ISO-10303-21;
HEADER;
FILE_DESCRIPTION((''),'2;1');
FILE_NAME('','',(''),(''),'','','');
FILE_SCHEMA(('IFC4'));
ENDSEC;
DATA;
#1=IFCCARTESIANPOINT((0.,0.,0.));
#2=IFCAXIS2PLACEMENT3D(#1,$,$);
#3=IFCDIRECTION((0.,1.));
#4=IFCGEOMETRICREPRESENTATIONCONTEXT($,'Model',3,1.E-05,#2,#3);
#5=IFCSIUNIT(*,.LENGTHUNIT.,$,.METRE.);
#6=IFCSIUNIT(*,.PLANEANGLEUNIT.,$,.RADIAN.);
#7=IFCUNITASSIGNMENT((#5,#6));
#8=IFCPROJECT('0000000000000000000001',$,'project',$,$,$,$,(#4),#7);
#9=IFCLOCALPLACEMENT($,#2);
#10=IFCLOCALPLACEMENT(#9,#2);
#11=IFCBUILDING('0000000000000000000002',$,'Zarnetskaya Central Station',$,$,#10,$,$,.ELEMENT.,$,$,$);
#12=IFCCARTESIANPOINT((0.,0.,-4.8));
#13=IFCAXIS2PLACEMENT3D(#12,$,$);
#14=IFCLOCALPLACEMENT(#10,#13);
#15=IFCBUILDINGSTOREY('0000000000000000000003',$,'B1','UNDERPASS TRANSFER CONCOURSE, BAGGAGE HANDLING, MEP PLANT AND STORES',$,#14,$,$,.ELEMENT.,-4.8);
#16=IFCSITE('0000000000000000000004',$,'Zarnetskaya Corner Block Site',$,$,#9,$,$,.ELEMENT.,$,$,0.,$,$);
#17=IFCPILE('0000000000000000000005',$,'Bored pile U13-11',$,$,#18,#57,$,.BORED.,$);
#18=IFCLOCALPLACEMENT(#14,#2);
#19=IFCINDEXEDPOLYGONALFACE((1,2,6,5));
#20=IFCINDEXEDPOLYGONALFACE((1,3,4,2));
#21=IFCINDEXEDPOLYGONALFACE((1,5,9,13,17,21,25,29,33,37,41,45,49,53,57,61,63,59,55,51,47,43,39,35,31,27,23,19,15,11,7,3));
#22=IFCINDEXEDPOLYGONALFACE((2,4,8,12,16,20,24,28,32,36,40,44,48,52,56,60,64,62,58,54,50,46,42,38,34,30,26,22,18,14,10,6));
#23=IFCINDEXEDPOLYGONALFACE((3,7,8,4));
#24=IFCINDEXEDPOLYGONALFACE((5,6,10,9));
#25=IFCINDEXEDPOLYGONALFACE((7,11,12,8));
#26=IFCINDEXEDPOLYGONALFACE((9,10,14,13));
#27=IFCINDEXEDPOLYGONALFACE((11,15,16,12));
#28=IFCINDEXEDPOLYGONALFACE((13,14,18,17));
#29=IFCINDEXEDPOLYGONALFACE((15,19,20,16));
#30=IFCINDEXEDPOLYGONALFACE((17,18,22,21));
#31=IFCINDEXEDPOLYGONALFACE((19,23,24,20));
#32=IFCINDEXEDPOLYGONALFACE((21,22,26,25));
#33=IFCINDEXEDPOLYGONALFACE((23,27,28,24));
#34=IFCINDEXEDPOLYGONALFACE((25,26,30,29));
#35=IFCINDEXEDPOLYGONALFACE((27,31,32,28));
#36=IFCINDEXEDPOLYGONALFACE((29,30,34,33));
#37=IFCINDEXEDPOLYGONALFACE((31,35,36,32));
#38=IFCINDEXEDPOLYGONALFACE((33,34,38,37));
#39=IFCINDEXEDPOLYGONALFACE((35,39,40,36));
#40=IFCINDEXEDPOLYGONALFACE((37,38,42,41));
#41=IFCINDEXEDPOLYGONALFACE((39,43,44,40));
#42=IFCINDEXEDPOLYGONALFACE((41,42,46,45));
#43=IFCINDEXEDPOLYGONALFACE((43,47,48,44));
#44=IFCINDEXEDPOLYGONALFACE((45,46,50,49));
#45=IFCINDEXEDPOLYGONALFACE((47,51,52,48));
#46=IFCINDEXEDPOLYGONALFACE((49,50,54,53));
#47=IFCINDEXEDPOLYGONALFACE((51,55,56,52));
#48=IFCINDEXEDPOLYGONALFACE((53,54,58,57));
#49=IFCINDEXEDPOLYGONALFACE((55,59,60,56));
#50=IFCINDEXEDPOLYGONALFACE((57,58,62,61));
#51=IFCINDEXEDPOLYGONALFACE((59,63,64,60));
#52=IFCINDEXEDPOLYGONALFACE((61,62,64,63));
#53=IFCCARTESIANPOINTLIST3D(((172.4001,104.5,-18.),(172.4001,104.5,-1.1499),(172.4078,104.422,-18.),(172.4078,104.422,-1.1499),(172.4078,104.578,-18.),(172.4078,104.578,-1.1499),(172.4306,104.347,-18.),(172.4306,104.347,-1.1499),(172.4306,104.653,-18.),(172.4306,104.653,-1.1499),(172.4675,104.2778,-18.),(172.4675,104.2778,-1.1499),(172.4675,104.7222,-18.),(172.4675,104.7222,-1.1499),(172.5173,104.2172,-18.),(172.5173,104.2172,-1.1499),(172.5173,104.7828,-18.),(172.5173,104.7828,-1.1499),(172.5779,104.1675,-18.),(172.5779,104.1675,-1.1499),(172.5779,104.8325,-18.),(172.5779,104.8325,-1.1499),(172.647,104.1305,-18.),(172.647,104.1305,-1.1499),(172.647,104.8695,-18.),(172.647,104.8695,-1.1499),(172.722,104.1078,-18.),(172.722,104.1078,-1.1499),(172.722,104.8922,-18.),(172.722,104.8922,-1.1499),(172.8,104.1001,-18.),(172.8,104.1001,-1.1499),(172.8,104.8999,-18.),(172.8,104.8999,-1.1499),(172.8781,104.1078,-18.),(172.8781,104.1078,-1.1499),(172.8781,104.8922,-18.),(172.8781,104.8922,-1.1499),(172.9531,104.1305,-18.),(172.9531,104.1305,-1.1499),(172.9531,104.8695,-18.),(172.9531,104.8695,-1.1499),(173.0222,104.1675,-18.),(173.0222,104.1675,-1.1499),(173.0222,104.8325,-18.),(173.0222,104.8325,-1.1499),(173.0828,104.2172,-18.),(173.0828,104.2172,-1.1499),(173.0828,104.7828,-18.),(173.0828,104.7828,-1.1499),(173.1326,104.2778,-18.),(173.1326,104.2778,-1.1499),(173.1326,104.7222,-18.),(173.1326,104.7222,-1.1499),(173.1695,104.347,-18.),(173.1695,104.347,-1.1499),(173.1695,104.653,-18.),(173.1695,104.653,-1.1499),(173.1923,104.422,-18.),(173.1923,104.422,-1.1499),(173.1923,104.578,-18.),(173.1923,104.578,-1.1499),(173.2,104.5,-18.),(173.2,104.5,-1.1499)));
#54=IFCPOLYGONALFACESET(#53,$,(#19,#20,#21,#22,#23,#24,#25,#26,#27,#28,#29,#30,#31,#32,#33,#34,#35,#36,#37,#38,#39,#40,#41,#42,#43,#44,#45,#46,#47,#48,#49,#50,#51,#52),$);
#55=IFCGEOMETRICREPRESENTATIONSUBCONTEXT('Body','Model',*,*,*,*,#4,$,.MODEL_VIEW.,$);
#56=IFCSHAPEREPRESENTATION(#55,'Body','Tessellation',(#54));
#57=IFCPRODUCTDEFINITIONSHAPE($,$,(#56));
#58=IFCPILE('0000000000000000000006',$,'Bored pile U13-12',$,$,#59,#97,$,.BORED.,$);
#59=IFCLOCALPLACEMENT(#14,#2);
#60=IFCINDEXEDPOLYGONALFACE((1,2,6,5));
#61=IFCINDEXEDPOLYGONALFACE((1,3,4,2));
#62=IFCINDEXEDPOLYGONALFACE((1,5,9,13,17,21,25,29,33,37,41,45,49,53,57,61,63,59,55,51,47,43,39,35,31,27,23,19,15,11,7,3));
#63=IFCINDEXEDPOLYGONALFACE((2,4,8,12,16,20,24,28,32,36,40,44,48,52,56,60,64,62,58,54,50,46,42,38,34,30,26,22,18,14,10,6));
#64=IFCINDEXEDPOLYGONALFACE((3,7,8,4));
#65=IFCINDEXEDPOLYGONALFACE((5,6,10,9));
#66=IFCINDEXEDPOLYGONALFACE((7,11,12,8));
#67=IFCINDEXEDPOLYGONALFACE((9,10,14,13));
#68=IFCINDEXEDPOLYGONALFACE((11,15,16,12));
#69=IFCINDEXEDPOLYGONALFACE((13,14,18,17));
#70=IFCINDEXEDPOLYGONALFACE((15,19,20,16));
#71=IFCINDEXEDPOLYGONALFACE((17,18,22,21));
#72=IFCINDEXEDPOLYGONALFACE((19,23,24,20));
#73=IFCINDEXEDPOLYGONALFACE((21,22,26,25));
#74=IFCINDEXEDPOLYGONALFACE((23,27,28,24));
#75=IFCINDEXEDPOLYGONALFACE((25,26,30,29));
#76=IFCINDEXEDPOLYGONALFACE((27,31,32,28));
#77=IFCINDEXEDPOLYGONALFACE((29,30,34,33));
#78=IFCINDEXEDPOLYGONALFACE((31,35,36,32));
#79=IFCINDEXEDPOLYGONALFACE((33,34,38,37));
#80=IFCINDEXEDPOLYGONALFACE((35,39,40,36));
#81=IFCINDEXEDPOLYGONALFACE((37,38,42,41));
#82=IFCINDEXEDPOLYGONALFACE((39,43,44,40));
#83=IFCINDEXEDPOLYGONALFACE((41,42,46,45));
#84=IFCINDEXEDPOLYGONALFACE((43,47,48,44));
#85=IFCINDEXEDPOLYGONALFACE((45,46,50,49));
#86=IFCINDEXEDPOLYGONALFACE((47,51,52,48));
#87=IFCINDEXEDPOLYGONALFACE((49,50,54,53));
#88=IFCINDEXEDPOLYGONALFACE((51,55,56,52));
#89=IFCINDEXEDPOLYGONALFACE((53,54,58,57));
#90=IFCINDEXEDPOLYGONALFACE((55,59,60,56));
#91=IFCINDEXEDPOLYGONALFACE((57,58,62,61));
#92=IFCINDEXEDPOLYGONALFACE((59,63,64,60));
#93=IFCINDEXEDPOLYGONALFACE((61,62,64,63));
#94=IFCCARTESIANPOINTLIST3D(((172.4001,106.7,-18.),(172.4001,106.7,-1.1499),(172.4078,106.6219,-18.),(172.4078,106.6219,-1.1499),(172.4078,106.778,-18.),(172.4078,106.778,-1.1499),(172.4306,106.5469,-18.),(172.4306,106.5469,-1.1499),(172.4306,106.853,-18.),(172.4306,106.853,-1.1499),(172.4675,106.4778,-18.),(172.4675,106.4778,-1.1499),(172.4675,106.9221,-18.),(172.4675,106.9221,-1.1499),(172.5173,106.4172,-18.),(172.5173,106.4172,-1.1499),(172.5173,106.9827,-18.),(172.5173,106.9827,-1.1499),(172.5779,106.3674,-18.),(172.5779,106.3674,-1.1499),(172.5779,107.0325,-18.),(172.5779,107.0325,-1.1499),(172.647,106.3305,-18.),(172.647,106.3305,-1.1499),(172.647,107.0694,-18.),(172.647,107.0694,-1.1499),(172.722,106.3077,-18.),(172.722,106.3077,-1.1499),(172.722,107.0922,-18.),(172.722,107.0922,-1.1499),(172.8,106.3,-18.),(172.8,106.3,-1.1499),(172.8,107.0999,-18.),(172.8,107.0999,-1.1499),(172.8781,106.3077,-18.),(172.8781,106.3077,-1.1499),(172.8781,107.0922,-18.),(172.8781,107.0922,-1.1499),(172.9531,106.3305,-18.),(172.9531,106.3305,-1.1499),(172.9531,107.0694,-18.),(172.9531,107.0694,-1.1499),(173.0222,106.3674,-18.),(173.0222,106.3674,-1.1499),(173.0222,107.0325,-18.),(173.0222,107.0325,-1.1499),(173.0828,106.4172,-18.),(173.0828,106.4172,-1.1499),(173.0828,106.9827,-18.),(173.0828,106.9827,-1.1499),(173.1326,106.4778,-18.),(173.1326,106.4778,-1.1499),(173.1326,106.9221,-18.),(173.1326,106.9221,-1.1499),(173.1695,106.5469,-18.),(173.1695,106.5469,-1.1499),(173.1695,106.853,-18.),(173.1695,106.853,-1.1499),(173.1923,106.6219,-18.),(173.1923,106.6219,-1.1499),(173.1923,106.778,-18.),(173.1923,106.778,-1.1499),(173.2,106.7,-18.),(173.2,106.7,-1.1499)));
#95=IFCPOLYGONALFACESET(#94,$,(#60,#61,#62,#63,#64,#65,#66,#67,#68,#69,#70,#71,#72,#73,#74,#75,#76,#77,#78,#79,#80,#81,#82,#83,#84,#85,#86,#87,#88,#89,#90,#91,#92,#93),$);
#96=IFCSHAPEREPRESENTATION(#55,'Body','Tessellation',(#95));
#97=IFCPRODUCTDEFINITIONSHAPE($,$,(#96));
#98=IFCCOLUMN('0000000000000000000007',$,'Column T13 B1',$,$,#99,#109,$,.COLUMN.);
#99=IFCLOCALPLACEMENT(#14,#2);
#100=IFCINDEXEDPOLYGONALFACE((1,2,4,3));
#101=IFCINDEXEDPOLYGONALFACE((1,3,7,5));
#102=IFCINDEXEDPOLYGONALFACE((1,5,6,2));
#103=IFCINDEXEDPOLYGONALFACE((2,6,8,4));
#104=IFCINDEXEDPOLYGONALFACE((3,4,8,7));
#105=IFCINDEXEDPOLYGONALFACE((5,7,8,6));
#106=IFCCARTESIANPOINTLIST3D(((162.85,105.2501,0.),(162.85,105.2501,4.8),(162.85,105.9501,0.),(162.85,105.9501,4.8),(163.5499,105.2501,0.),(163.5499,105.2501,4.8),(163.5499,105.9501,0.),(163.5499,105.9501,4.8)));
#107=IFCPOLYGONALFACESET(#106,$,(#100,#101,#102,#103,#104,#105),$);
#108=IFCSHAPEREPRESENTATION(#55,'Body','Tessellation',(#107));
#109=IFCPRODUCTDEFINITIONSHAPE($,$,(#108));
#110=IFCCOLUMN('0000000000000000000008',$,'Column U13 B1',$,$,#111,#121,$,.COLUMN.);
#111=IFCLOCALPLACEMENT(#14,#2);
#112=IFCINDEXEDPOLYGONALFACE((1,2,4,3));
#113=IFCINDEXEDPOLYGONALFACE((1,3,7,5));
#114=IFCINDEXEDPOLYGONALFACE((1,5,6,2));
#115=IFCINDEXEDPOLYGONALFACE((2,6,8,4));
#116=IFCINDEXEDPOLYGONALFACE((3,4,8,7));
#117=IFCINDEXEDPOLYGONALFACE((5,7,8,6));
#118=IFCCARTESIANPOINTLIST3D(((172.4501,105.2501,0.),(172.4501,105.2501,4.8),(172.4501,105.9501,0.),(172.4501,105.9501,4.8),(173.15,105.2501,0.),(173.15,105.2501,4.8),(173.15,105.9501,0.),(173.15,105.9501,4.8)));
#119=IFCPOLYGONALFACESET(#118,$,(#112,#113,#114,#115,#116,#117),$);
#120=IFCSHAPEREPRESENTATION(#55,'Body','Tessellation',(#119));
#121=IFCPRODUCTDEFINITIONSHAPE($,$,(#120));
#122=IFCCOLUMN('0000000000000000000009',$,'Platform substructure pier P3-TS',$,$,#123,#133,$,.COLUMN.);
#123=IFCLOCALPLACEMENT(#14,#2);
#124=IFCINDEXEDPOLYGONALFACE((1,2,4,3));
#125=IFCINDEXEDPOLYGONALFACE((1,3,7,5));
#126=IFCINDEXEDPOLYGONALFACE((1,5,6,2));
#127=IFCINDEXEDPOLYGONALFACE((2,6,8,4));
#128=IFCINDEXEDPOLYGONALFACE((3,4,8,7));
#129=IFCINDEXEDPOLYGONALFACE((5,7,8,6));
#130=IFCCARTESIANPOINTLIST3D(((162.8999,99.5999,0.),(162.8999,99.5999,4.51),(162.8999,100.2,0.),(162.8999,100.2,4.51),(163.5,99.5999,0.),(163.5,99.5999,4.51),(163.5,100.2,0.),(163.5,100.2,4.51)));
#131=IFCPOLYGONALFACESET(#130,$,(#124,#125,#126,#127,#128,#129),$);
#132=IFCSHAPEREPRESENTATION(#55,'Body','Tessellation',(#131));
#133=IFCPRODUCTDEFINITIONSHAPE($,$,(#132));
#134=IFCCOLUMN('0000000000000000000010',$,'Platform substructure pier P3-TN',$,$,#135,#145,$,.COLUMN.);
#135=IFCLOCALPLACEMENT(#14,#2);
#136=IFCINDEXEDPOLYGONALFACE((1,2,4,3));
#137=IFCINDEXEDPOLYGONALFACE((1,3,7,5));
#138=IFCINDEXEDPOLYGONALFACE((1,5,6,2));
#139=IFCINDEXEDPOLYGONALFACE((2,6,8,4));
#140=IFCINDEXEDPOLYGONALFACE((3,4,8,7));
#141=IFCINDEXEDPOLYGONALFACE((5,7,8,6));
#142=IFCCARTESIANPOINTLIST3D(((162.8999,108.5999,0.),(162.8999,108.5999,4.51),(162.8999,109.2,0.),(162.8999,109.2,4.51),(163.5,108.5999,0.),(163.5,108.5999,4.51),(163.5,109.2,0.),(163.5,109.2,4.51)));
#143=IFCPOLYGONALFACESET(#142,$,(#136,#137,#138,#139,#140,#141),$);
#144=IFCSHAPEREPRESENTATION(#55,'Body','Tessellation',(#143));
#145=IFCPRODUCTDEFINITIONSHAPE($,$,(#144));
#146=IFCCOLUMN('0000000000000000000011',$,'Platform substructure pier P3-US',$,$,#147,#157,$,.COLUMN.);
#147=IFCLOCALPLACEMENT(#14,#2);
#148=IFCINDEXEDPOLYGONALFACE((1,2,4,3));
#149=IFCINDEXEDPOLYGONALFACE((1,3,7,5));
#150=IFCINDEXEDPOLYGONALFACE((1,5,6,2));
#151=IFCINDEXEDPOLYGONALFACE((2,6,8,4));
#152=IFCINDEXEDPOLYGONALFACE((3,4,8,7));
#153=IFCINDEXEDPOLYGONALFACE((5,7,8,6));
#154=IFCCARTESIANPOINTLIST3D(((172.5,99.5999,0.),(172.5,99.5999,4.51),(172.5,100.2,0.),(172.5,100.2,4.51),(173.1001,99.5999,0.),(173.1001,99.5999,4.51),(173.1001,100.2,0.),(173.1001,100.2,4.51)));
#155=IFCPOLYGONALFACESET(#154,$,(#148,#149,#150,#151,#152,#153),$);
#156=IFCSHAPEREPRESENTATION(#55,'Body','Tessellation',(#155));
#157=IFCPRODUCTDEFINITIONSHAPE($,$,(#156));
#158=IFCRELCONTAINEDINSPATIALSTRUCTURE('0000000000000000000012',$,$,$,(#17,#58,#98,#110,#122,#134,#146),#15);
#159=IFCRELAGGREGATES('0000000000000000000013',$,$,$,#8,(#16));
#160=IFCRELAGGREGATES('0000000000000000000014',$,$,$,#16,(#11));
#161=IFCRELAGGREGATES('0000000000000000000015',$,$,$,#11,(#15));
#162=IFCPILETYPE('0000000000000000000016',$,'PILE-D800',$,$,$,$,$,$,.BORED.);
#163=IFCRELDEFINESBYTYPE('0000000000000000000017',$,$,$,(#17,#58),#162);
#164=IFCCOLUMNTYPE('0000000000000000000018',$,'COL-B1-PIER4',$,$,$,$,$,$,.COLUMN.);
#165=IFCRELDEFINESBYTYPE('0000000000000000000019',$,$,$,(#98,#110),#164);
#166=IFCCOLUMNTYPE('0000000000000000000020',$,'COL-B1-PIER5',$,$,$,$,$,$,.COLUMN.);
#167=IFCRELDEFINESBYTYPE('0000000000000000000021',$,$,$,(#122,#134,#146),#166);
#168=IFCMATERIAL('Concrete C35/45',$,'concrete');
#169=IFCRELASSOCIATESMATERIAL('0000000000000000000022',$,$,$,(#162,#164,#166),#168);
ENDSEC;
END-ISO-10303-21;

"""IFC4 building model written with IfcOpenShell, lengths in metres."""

from ifc_helpers import new_model, si_unit, direction, frame, origin, origin_2d, place, context, subcontext, project, spatial, rectangle, circle, extrude, material, material_profile, profile_set, type_object, element, save


model = new_model("IFC4")

# Units and contexts
model_context = context("Model", 3, precision=1e-05, world=origin(), true_north=direction((0.0, 1.0)))
body_context = subcontext(model_context, "Body", "Model", "MODEL_VIEW")
ifc_project = project(units=[si_unit("LENGTHUNIT", "METRE"), si_unit("PLANEANGLEUNIT", "RADIAN")], contexts=[model_context])

# Site, building, storey
site_placement = place(None, origin())
site = spatial("IfcSite", under=ifc_project, at=site_placement, Name="Zarnetskaya Corner Block Site", CompositionType="ELEMENT", RefElevation=0.0)
building_placement = place(site_placement, origin())
building = spatial("IfcBuilding", under=site, at=building_placement, Name="Zarnetskaya Central Station", CompositionType="ELEMENT")
storey_placement = place(building_placement, frame((0.0, 0.0, -4.8)))
storey = spatial("IfcBuildingStorey", under=building, at=storey_placement, Name="B1", Description="UNDERPASS TRANSFER CONCOURSE, BAGGAGE HANDLING, MEP PLANT AND STORES", CompositionType="ELEMENT", Elevation=-4.8)

# Shared definitions
ifc_material = material(Name="Concrete C35/45", Category="concrete")

# Piles
ifc_material_profile_1 = material_profile(ifc_material, circle(Radius=0.3999, at=origin_2d()), Name="BORED PILE D800")
ifc_profile_set_1 = profile_set([ifc_material_profile_1], Name="Concrete C35/45")
pile_type = type_object("IfcPileType", Name="PILE-D800", PredefinedType="BORED", material=ifc_profile_set_1)
for number, where, z_axis, x_axis, name in (
    (1, (172.8, 104.5, -1.1499), (0.0, 0.0, -1.0), (1.0, 0.0, 0.0), "Bored pile U13-11"),
    (2, (172.8, 106.7, -1.1499), (0.0, 0.0, -1.0), (1.0, 0.0, 0.0), "Bored pile U13-12"),
):
    element("IfcPile", number, at=place(storey_placement, frame(where, z_axis=z_axis, x_axis=x_axis)), inside=storey, type_object=pile_type, Name=name, PredefinedType="BORED", context=body_context, shape_type="SweptSolid", body=[
        extrude(circle(Radius=0.3999, at=origin_2d()), origin(), (0.0, 0.0, 1.0), 16.8501),
    ])

# Columns
ifc_material_profile_2 = material_profile(ifc_material, rectangle(XDim=0.7, YDim=0.7, at=origin_2d()), Name="RC 700x700")
ifc_profile_set_2 = profile_set([ifc_material_profile_2], Name="Concrete C35/45")
column_type_1 = type_object("IfcColumnType", Name="COL-B1-PIER4", PredefinedType="COLUMN", material=ifc_profile_set_2)
for number, where, z_axis, x_axis, name in (
    (3, (163.2, 105.6001, 0.0), (0.0, 0.0, 1.0), (1.0, 0.0, 0.0), "Column T13 B1"),
    (4, (172.8, 105.6001, 0.0), (0.0, 0.0, 1.0), (1.0, 0.0, 0.0), "Column U13 B1"),
):
    element("IfcColumn", number, at=place(storey_placement, frame(where, z_axis=z_axis, x_axis=x_axis)), inside=storey, type_object=column_type_1, Name=name, PredefinedType="COLUMN", context=body_context, shape_type="SweptSolid", body=[
        extrude(rectangle(XDim=0.7, YDim=0.7, at=origin_2d()), origin(), (0.0, 0.0, 1.0), 4.8),
    ])
ifc_material_profile_3 = material_profile(ifc_material, rectangle(XDim=0.6001, YDim=0.6001, at=origin_2d()), Name="RC 600x600")
ifc_profile_set_3 = profile_set([ifc_material_profile_3], Name="Concrete C35/45")
column_type_2 = type_object("IfcColumnType", Name="COL-B1-PIER5", PredefinedType="COLUMN", material=ifc_profile_set_3)
for number, where, z_axis, x_axis, name in (
    (5, (163.2, 99.8999, 0.0), (0.0, 0.0, 1.0), (1.0, 0.0, 0.0), "Platform substructure pier P3-TS"),
    (6, (163.2, 108.8999, 0.0), (0.0, 0.0, 1.0), (1.0, 0.0, 0.0), "Platform substructure pier P3-TN"),
    (7, (172.8, 99.8999, 0.0), (0.0, 0.0, 1.0), (1.0, 0.0, 0.0), "Platform substructure pier P3-US"),
):
    element("IfcColumn", number, at=place(storey_placement, frame(where, z_axis=z_axis, x_axis=x_axis)), inside=storey, type_object=column_type_2, Name=name, PredefinedType="COLUMN", context=body_context, shape_type="SweptSolid", body=[
        extrude(rectangle(XDim=0.6001, YDim=0.6001, at=origin_2d()), origin(), (0.0, 0.0, 1.0), 4.51),
    ])

save(model, "model.ifc")
